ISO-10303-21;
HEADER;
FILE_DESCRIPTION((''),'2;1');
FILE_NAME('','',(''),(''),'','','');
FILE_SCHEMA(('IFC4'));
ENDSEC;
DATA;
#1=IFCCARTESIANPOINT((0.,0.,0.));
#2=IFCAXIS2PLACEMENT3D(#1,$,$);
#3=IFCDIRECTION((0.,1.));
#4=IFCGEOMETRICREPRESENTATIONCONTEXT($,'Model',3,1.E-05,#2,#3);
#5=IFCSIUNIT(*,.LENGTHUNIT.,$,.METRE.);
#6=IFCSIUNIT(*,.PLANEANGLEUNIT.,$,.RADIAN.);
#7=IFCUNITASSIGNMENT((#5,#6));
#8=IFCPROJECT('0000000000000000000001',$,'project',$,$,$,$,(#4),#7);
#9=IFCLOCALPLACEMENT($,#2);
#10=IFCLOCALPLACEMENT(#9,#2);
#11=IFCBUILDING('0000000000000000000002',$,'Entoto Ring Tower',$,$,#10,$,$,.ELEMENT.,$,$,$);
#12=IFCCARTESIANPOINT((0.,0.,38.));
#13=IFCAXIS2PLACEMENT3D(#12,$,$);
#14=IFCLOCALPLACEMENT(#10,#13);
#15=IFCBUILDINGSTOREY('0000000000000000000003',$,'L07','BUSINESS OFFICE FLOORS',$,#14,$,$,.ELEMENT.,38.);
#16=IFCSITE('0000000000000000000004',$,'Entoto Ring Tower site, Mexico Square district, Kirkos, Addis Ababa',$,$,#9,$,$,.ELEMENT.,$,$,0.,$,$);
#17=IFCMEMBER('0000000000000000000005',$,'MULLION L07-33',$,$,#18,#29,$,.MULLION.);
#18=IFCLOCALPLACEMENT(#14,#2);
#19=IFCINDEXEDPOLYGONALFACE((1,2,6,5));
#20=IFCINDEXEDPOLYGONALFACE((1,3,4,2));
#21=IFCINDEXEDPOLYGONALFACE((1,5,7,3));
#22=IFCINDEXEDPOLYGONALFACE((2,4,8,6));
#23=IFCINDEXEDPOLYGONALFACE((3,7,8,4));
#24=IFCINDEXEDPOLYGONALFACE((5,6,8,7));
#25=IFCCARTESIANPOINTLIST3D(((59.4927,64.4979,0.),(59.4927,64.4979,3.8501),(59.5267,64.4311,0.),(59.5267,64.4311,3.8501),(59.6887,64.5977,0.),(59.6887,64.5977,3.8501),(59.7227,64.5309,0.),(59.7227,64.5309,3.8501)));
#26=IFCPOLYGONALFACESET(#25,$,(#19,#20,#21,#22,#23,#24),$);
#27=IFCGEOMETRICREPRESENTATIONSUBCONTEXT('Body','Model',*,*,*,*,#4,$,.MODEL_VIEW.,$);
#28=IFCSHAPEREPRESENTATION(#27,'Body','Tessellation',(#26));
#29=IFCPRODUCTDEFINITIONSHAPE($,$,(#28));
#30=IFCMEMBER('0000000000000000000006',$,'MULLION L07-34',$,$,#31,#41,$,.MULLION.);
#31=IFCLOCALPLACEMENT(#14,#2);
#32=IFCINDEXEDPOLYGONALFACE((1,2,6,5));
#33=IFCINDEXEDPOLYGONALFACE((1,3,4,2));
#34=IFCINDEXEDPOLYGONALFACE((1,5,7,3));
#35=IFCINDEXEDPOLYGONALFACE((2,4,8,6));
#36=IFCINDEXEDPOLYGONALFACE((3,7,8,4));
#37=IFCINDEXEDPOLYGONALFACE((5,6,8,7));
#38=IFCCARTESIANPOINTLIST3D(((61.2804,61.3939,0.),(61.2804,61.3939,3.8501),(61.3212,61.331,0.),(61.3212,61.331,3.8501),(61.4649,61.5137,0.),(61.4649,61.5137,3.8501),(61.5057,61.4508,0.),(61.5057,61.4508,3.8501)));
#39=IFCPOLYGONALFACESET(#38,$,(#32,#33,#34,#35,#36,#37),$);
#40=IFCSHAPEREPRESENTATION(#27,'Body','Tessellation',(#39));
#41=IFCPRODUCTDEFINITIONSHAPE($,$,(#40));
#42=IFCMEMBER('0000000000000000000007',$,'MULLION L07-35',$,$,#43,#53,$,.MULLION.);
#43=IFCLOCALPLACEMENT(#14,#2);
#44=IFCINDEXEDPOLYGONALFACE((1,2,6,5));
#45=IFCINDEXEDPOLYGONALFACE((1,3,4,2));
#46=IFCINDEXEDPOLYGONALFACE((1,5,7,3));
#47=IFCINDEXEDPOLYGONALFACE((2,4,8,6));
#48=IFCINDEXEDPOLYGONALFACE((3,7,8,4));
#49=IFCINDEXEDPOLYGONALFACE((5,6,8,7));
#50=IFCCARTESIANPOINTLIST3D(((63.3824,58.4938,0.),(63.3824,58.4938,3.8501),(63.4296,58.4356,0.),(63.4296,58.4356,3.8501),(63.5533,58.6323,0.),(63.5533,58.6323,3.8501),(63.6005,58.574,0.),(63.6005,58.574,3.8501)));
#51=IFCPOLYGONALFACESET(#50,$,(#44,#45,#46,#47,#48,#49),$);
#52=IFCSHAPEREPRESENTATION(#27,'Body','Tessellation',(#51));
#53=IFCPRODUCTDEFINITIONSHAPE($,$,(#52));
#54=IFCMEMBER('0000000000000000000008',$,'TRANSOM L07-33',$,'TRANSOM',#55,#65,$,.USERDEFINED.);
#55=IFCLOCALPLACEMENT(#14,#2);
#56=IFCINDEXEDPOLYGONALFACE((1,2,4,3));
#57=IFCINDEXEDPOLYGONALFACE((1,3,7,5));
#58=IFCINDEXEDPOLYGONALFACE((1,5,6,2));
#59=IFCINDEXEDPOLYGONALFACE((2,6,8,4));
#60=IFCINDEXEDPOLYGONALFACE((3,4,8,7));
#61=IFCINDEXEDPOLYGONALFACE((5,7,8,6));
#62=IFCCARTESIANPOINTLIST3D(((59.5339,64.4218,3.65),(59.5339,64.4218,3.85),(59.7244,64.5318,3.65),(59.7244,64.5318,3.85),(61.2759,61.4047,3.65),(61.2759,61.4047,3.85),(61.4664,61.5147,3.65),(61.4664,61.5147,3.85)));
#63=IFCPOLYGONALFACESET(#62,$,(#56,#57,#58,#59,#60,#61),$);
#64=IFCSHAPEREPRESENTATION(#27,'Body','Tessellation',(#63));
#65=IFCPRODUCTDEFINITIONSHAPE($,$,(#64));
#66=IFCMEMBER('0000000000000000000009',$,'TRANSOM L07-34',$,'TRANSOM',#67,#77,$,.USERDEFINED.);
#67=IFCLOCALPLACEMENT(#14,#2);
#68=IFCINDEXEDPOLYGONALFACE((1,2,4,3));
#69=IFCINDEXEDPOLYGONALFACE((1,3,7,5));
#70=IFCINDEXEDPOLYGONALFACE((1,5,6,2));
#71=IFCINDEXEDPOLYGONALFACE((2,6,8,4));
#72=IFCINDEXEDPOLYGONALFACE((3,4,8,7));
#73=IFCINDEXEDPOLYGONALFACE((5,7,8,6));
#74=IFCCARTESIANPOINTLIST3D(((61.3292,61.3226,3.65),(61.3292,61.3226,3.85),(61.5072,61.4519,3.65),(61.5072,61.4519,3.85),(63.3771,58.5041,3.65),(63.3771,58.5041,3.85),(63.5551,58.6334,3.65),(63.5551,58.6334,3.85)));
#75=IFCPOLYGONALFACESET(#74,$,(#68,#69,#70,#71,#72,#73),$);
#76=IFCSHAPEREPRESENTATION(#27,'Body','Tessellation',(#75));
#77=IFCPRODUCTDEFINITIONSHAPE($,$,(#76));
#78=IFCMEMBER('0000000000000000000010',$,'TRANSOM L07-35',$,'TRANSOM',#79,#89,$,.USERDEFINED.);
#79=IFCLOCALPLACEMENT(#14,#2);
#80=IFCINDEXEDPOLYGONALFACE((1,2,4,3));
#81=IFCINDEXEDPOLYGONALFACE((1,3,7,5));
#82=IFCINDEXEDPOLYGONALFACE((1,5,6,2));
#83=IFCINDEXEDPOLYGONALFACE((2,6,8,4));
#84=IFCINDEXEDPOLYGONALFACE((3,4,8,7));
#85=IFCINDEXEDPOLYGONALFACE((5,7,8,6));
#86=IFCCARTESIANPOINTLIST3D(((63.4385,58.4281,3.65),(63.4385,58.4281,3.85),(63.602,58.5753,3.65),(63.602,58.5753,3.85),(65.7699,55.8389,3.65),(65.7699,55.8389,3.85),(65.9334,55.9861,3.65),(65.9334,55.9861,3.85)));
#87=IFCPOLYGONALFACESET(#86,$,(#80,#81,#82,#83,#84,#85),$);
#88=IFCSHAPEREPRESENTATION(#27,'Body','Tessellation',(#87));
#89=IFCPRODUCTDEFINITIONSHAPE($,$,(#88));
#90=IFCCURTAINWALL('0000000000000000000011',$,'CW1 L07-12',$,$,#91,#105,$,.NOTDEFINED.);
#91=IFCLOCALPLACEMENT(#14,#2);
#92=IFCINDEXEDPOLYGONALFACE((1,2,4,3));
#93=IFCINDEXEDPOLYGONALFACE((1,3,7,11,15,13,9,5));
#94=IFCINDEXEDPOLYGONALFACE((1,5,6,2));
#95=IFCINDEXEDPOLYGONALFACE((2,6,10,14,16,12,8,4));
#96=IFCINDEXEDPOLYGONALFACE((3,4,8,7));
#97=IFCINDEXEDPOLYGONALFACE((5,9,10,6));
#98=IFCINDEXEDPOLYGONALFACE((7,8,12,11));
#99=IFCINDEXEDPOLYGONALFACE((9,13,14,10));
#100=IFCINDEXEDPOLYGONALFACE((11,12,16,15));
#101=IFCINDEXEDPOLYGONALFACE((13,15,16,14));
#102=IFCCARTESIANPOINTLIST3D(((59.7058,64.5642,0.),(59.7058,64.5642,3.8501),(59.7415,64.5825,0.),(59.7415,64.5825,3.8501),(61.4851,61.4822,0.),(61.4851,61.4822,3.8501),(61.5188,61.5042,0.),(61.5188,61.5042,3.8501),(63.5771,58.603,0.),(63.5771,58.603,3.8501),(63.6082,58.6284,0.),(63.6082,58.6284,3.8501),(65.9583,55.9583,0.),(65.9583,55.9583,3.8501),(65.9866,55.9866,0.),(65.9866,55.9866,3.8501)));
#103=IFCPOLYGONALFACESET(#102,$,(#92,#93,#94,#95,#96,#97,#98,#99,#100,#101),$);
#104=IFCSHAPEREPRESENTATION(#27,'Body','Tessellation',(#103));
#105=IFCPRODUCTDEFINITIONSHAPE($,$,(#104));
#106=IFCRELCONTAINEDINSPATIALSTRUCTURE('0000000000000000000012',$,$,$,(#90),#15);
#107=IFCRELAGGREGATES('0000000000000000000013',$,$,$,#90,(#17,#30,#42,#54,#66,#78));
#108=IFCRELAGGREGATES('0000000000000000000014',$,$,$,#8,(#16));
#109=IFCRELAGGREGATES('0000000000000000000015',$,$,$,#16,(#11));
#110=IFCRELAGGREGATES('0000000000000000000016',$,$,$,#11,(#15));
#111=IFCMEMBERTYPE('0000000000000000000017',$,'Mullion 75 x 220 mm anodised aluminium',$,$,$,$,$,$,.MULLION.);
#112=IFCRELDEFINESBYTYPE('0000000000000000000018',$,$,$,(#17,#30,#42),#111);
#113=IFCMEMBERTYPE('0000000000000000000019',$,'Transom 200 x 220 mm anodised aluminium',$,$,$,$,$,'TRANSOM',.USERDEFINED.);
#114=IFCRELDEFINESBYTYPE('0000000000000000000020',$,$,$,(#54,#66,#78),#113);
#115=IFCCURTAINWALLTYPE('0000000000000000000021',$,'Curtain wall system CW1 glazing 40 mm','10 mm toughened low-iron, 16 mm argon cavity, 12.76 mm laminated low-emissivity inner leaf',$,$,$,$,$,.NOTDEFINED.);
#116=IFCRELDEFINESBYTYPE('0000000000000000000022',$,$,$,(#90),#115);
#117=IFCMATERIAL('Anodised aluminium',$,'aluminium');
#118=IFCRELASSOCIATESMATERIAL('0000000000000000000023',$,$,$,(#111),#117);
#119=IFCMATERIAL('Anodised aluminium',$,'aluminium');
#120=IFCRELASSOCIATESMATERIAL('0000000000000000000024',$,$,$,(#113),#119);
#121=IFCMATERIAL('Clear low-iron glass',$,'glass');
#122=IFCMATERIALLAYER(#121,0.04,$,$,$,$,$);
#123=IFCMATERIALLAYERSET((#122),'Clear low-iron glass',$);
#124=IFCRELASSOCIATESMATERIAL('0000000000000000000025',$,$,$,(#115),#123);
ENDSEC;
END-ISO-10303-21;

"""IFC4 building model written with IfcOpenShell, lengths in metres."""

from ifc_helpers import new_model, si_unit, direction, frame, origin, origin_2d, place, context, subcontext, project, spatial, polyline, rectangle, outline, extrude, material, layer, layer_set, material_profile, profile_set, type_object, element, aggregate, save


model = new_model("IFC4")

# Units and contexts
model_context = context("Model", 3, precision=1e-05, world=origin(), true_north=direction((0.0, 1.0)))
body_context = subcontext(model_context, "Body", "Model", "MODEL_VIEW")
ifc_project = project(units=[si_unit("LENGTHUNIT", "METRE"), si_unit("PLANEANGLEUNIT", "RADIAN")], contexts=[model_context])

# Members
ifc_material_1 = material(Name="Anodised aluminium", Category="aluminium")
ifc_material_profile_1 = material_profile(ifc_material_1, rectangle(XDim=0.075, YDim=0.22, at=origin_2d()), Name="Mullion 75 x 220 mm anodised aluminium")
ifc_profile_set_1 = profile_set([ifc_material_profile_1], Name="Anodised aluminium")
member_type_1 = type_object("IfcMemberType", Name="Mullion 75 x 220 mm anodised aluminium", PredefinedType="MULLION", material=ifc_profile_set_1)
site_placement = place(None, origin())
building_placement = place(site_placement, origin())
storey_placement = place(building_placement, frame((0.0, 0.0, 38.0)))
member_1_placement = place(storey_placement, frame((59.6077, 64.5144, 0.0), z_axis=(0.0, 0.0, 1.0), x_axis=(0.45399, -0.891007, 0.0)))
member_1 = element("IfcMember", 1, at=member_1_placement, type_object=member_type_1, Name="MULLION L07-33", PredefinedType="MULLION", context=body_context, shape_type="SweptSolid", body=[
    extrude(rectangle(XDim=0.075, YDim=0.22, at=origin_2d()), origin(), (0.0, 0.0, 1.0), 3.8501),
])
member_2_placement = place(storey_placement, frame((61.3931, 61.4224, 0.0), z_axis=(0.0, 0.0, 1.0), x_axis=(0.544639, -0.838671, 0.0)))
member_2 = element("IfcMember", 2, at=member_2_placement, type_object=member_type_1, Name="MULLION L07-34", PredefinedType="MULLION", context=body_context, shape_type="SweptSolid", body=[
    extrude(rectangle(XDim=0.075, YDim=0.22, at=origin_2d()), origin(), (0.0, 0.0, 1.0), 3.8501),
])
member_3_placement = place(storey_placement, frame((63.4915, 58.5339, 0.0), z_axis=(0.0, 0.0, 1.0), x_axis=(0.62932, -0.777146, 0.0)))
member_3 = element("IfcMember", 3, at=member_3_placement, type_object=member_type_1, Name="MULLION L07-35", PredefinedType="MULLION", context=body_context, shape_type="SweptSolid", body=[
    extrude(rectangle(XDim=0.075, YDim=0.22, at=origin_2d()), origin(), (0.0, 0.0, 1.0), 3.8501),
])
ifc_material_2 = material(Name="Anodised aluminium", Category="aluminium")
ifc_material_profile_2 = material_profile(ifc_material_2, rectangle(XDim=0.22, YDim=0.2, at=origin_2d()), Name="Transom 200 x 220 mm anodised aluminium")
ifc_profile_set_2 = profile_set([ifc_material_profile_2], Name="Anodised aluminium")
member_type_2 = type_object("IfcMemberType", Name="Transom 200 x 220 mm anodised aluminium", ElementType="TRANSOM", PredefinedType="USERDEFINED", material=ifc_profile_set_2)
member_4_placement = place(storey_placement, frame((59.6292, 64.4768, 3.75), z_axis=(0.500006, -0.866022, 0.0), x_axis=(0.866022, 0.500006, 0.0)))
member_4 = element("IfcMember", 4, at=member_4_placement, type_object=member_type_2, Name="TRANSOM L07-33", ObjectType="TRANSOM", PredefinedType="USERDEFINED", context=body_context, shape_type="SweptSolid", body=[
    extrude(rectangle(XDim=0.22, YDim=0.2, at=origin_2d()), origin(), (0.0, 0.0, 1.0), 3.4839),
])
member_5_placement = place(storey_placement, frame((61.4182, 61.3872, 3.75), z_axis=(0.587822, -0.808991, 0.0), x_axis=(0.808991, 0.587822, 0.0)))
member_5 = element("IfcMember", 5, at=member_5_placement, type_object=member_type_2, Name="TRANSOM L07-34", ObjectType="TRANSOM", PredefinedType="USERDEFINED", context=body_context, shape_type="SweptSolid", body=[
    extrude(rectangle(XDim=0.22, YDim=0.2, at=origin_2d()), origin(), (0.0, 0.0, 1.0), 3.4839),
])
member_6_placement = place(storey_placement, frame((63.5203, 58.5017, 3.75), z_axis=(0.669139, -0.743137, 0.0), x_axis=(0.743137, 0.669139, 0.0)))
member_6 = element("IfcMember", 6, at=member_6_placement, type_object=member_type_2, Name="TRANSOM L07-35", ObjectType="TRANSOM", PredefinedType="USERDEFINED", context=body_context, shape_type="SweptSolid", body=[
    extrude(rectangle(XDim=0.22, YDim=0.2, at=origin_2d()), origin(), (0.0, 0.0, 1.0), 3.4841),
])

# Site, building, storey
site = spatial("IfcSite", under=ifc_project, at=site_placement, Name="Entoto Ring Tower site, Mexico Square district, Kirkos, Addis Ababa", CompositionType="ELEMENT", RefElevation=0.0)
building = spatial("IfcBuilding", under=site, at=building_placement, Name="Entoto Ring Tower", CompositionType="ELEMENT")
storey = spatial("IfcBuildingStorey", under=building, at=storey_placement, Name="L07", Description="BUSINESS OFFICE FLOORS", CompositionType="ELEMENT", Elevation=38.0)

# Curtain wall
ifc_material_3 = material(Name="Clear low-iron glass", Category="glass")
ifc_layer = layer(ifc_material_3, 0.04)
ifc_layer_set = layer_set([ifc_layer], Name="Clear low-iron glass")
curtain_wall_type = type_object("IfcCurtainWallType", Name="Curtain wall system CW1 glazing 40 mm", Description="10 mm toughened low-iron, 16 mm argon cavity, 12.76 mm laminated low-emissivity inner leaf", PredefinedType="NOTDEFINED", material=ifc_layer_set)
curtain_wall_1_placement = place(storey_placement, origin())
curtain_wall_1 = element("IfcCurtainWall", 7, at=curtain_wall_1_placement, inside=storey, type_object=curtain_wall_type, Name="CW1 L07-12", PredefinedType="NOTDEFINED", context=body_context, shape_type="SweptSolid", body=[
    extrude(outline(polyline([(59.7058, 64.5642), (61.4851, 61.4822), (63.5771, 58.603), (65.9583, 55.9583), (65.9866, 55.9866), (63.6082, 58.6284), (61.5188, 61.5042), (59.7415, 64.5825), (59.7058, 64.5642)])), origin(), (0.0, 0.0, 1.0), 3.8501),
])
aggregate(curtain_wall_1, [member_1, member_2, member_3, member_4, member_5, member_6])

save(model, "model.ifc")
